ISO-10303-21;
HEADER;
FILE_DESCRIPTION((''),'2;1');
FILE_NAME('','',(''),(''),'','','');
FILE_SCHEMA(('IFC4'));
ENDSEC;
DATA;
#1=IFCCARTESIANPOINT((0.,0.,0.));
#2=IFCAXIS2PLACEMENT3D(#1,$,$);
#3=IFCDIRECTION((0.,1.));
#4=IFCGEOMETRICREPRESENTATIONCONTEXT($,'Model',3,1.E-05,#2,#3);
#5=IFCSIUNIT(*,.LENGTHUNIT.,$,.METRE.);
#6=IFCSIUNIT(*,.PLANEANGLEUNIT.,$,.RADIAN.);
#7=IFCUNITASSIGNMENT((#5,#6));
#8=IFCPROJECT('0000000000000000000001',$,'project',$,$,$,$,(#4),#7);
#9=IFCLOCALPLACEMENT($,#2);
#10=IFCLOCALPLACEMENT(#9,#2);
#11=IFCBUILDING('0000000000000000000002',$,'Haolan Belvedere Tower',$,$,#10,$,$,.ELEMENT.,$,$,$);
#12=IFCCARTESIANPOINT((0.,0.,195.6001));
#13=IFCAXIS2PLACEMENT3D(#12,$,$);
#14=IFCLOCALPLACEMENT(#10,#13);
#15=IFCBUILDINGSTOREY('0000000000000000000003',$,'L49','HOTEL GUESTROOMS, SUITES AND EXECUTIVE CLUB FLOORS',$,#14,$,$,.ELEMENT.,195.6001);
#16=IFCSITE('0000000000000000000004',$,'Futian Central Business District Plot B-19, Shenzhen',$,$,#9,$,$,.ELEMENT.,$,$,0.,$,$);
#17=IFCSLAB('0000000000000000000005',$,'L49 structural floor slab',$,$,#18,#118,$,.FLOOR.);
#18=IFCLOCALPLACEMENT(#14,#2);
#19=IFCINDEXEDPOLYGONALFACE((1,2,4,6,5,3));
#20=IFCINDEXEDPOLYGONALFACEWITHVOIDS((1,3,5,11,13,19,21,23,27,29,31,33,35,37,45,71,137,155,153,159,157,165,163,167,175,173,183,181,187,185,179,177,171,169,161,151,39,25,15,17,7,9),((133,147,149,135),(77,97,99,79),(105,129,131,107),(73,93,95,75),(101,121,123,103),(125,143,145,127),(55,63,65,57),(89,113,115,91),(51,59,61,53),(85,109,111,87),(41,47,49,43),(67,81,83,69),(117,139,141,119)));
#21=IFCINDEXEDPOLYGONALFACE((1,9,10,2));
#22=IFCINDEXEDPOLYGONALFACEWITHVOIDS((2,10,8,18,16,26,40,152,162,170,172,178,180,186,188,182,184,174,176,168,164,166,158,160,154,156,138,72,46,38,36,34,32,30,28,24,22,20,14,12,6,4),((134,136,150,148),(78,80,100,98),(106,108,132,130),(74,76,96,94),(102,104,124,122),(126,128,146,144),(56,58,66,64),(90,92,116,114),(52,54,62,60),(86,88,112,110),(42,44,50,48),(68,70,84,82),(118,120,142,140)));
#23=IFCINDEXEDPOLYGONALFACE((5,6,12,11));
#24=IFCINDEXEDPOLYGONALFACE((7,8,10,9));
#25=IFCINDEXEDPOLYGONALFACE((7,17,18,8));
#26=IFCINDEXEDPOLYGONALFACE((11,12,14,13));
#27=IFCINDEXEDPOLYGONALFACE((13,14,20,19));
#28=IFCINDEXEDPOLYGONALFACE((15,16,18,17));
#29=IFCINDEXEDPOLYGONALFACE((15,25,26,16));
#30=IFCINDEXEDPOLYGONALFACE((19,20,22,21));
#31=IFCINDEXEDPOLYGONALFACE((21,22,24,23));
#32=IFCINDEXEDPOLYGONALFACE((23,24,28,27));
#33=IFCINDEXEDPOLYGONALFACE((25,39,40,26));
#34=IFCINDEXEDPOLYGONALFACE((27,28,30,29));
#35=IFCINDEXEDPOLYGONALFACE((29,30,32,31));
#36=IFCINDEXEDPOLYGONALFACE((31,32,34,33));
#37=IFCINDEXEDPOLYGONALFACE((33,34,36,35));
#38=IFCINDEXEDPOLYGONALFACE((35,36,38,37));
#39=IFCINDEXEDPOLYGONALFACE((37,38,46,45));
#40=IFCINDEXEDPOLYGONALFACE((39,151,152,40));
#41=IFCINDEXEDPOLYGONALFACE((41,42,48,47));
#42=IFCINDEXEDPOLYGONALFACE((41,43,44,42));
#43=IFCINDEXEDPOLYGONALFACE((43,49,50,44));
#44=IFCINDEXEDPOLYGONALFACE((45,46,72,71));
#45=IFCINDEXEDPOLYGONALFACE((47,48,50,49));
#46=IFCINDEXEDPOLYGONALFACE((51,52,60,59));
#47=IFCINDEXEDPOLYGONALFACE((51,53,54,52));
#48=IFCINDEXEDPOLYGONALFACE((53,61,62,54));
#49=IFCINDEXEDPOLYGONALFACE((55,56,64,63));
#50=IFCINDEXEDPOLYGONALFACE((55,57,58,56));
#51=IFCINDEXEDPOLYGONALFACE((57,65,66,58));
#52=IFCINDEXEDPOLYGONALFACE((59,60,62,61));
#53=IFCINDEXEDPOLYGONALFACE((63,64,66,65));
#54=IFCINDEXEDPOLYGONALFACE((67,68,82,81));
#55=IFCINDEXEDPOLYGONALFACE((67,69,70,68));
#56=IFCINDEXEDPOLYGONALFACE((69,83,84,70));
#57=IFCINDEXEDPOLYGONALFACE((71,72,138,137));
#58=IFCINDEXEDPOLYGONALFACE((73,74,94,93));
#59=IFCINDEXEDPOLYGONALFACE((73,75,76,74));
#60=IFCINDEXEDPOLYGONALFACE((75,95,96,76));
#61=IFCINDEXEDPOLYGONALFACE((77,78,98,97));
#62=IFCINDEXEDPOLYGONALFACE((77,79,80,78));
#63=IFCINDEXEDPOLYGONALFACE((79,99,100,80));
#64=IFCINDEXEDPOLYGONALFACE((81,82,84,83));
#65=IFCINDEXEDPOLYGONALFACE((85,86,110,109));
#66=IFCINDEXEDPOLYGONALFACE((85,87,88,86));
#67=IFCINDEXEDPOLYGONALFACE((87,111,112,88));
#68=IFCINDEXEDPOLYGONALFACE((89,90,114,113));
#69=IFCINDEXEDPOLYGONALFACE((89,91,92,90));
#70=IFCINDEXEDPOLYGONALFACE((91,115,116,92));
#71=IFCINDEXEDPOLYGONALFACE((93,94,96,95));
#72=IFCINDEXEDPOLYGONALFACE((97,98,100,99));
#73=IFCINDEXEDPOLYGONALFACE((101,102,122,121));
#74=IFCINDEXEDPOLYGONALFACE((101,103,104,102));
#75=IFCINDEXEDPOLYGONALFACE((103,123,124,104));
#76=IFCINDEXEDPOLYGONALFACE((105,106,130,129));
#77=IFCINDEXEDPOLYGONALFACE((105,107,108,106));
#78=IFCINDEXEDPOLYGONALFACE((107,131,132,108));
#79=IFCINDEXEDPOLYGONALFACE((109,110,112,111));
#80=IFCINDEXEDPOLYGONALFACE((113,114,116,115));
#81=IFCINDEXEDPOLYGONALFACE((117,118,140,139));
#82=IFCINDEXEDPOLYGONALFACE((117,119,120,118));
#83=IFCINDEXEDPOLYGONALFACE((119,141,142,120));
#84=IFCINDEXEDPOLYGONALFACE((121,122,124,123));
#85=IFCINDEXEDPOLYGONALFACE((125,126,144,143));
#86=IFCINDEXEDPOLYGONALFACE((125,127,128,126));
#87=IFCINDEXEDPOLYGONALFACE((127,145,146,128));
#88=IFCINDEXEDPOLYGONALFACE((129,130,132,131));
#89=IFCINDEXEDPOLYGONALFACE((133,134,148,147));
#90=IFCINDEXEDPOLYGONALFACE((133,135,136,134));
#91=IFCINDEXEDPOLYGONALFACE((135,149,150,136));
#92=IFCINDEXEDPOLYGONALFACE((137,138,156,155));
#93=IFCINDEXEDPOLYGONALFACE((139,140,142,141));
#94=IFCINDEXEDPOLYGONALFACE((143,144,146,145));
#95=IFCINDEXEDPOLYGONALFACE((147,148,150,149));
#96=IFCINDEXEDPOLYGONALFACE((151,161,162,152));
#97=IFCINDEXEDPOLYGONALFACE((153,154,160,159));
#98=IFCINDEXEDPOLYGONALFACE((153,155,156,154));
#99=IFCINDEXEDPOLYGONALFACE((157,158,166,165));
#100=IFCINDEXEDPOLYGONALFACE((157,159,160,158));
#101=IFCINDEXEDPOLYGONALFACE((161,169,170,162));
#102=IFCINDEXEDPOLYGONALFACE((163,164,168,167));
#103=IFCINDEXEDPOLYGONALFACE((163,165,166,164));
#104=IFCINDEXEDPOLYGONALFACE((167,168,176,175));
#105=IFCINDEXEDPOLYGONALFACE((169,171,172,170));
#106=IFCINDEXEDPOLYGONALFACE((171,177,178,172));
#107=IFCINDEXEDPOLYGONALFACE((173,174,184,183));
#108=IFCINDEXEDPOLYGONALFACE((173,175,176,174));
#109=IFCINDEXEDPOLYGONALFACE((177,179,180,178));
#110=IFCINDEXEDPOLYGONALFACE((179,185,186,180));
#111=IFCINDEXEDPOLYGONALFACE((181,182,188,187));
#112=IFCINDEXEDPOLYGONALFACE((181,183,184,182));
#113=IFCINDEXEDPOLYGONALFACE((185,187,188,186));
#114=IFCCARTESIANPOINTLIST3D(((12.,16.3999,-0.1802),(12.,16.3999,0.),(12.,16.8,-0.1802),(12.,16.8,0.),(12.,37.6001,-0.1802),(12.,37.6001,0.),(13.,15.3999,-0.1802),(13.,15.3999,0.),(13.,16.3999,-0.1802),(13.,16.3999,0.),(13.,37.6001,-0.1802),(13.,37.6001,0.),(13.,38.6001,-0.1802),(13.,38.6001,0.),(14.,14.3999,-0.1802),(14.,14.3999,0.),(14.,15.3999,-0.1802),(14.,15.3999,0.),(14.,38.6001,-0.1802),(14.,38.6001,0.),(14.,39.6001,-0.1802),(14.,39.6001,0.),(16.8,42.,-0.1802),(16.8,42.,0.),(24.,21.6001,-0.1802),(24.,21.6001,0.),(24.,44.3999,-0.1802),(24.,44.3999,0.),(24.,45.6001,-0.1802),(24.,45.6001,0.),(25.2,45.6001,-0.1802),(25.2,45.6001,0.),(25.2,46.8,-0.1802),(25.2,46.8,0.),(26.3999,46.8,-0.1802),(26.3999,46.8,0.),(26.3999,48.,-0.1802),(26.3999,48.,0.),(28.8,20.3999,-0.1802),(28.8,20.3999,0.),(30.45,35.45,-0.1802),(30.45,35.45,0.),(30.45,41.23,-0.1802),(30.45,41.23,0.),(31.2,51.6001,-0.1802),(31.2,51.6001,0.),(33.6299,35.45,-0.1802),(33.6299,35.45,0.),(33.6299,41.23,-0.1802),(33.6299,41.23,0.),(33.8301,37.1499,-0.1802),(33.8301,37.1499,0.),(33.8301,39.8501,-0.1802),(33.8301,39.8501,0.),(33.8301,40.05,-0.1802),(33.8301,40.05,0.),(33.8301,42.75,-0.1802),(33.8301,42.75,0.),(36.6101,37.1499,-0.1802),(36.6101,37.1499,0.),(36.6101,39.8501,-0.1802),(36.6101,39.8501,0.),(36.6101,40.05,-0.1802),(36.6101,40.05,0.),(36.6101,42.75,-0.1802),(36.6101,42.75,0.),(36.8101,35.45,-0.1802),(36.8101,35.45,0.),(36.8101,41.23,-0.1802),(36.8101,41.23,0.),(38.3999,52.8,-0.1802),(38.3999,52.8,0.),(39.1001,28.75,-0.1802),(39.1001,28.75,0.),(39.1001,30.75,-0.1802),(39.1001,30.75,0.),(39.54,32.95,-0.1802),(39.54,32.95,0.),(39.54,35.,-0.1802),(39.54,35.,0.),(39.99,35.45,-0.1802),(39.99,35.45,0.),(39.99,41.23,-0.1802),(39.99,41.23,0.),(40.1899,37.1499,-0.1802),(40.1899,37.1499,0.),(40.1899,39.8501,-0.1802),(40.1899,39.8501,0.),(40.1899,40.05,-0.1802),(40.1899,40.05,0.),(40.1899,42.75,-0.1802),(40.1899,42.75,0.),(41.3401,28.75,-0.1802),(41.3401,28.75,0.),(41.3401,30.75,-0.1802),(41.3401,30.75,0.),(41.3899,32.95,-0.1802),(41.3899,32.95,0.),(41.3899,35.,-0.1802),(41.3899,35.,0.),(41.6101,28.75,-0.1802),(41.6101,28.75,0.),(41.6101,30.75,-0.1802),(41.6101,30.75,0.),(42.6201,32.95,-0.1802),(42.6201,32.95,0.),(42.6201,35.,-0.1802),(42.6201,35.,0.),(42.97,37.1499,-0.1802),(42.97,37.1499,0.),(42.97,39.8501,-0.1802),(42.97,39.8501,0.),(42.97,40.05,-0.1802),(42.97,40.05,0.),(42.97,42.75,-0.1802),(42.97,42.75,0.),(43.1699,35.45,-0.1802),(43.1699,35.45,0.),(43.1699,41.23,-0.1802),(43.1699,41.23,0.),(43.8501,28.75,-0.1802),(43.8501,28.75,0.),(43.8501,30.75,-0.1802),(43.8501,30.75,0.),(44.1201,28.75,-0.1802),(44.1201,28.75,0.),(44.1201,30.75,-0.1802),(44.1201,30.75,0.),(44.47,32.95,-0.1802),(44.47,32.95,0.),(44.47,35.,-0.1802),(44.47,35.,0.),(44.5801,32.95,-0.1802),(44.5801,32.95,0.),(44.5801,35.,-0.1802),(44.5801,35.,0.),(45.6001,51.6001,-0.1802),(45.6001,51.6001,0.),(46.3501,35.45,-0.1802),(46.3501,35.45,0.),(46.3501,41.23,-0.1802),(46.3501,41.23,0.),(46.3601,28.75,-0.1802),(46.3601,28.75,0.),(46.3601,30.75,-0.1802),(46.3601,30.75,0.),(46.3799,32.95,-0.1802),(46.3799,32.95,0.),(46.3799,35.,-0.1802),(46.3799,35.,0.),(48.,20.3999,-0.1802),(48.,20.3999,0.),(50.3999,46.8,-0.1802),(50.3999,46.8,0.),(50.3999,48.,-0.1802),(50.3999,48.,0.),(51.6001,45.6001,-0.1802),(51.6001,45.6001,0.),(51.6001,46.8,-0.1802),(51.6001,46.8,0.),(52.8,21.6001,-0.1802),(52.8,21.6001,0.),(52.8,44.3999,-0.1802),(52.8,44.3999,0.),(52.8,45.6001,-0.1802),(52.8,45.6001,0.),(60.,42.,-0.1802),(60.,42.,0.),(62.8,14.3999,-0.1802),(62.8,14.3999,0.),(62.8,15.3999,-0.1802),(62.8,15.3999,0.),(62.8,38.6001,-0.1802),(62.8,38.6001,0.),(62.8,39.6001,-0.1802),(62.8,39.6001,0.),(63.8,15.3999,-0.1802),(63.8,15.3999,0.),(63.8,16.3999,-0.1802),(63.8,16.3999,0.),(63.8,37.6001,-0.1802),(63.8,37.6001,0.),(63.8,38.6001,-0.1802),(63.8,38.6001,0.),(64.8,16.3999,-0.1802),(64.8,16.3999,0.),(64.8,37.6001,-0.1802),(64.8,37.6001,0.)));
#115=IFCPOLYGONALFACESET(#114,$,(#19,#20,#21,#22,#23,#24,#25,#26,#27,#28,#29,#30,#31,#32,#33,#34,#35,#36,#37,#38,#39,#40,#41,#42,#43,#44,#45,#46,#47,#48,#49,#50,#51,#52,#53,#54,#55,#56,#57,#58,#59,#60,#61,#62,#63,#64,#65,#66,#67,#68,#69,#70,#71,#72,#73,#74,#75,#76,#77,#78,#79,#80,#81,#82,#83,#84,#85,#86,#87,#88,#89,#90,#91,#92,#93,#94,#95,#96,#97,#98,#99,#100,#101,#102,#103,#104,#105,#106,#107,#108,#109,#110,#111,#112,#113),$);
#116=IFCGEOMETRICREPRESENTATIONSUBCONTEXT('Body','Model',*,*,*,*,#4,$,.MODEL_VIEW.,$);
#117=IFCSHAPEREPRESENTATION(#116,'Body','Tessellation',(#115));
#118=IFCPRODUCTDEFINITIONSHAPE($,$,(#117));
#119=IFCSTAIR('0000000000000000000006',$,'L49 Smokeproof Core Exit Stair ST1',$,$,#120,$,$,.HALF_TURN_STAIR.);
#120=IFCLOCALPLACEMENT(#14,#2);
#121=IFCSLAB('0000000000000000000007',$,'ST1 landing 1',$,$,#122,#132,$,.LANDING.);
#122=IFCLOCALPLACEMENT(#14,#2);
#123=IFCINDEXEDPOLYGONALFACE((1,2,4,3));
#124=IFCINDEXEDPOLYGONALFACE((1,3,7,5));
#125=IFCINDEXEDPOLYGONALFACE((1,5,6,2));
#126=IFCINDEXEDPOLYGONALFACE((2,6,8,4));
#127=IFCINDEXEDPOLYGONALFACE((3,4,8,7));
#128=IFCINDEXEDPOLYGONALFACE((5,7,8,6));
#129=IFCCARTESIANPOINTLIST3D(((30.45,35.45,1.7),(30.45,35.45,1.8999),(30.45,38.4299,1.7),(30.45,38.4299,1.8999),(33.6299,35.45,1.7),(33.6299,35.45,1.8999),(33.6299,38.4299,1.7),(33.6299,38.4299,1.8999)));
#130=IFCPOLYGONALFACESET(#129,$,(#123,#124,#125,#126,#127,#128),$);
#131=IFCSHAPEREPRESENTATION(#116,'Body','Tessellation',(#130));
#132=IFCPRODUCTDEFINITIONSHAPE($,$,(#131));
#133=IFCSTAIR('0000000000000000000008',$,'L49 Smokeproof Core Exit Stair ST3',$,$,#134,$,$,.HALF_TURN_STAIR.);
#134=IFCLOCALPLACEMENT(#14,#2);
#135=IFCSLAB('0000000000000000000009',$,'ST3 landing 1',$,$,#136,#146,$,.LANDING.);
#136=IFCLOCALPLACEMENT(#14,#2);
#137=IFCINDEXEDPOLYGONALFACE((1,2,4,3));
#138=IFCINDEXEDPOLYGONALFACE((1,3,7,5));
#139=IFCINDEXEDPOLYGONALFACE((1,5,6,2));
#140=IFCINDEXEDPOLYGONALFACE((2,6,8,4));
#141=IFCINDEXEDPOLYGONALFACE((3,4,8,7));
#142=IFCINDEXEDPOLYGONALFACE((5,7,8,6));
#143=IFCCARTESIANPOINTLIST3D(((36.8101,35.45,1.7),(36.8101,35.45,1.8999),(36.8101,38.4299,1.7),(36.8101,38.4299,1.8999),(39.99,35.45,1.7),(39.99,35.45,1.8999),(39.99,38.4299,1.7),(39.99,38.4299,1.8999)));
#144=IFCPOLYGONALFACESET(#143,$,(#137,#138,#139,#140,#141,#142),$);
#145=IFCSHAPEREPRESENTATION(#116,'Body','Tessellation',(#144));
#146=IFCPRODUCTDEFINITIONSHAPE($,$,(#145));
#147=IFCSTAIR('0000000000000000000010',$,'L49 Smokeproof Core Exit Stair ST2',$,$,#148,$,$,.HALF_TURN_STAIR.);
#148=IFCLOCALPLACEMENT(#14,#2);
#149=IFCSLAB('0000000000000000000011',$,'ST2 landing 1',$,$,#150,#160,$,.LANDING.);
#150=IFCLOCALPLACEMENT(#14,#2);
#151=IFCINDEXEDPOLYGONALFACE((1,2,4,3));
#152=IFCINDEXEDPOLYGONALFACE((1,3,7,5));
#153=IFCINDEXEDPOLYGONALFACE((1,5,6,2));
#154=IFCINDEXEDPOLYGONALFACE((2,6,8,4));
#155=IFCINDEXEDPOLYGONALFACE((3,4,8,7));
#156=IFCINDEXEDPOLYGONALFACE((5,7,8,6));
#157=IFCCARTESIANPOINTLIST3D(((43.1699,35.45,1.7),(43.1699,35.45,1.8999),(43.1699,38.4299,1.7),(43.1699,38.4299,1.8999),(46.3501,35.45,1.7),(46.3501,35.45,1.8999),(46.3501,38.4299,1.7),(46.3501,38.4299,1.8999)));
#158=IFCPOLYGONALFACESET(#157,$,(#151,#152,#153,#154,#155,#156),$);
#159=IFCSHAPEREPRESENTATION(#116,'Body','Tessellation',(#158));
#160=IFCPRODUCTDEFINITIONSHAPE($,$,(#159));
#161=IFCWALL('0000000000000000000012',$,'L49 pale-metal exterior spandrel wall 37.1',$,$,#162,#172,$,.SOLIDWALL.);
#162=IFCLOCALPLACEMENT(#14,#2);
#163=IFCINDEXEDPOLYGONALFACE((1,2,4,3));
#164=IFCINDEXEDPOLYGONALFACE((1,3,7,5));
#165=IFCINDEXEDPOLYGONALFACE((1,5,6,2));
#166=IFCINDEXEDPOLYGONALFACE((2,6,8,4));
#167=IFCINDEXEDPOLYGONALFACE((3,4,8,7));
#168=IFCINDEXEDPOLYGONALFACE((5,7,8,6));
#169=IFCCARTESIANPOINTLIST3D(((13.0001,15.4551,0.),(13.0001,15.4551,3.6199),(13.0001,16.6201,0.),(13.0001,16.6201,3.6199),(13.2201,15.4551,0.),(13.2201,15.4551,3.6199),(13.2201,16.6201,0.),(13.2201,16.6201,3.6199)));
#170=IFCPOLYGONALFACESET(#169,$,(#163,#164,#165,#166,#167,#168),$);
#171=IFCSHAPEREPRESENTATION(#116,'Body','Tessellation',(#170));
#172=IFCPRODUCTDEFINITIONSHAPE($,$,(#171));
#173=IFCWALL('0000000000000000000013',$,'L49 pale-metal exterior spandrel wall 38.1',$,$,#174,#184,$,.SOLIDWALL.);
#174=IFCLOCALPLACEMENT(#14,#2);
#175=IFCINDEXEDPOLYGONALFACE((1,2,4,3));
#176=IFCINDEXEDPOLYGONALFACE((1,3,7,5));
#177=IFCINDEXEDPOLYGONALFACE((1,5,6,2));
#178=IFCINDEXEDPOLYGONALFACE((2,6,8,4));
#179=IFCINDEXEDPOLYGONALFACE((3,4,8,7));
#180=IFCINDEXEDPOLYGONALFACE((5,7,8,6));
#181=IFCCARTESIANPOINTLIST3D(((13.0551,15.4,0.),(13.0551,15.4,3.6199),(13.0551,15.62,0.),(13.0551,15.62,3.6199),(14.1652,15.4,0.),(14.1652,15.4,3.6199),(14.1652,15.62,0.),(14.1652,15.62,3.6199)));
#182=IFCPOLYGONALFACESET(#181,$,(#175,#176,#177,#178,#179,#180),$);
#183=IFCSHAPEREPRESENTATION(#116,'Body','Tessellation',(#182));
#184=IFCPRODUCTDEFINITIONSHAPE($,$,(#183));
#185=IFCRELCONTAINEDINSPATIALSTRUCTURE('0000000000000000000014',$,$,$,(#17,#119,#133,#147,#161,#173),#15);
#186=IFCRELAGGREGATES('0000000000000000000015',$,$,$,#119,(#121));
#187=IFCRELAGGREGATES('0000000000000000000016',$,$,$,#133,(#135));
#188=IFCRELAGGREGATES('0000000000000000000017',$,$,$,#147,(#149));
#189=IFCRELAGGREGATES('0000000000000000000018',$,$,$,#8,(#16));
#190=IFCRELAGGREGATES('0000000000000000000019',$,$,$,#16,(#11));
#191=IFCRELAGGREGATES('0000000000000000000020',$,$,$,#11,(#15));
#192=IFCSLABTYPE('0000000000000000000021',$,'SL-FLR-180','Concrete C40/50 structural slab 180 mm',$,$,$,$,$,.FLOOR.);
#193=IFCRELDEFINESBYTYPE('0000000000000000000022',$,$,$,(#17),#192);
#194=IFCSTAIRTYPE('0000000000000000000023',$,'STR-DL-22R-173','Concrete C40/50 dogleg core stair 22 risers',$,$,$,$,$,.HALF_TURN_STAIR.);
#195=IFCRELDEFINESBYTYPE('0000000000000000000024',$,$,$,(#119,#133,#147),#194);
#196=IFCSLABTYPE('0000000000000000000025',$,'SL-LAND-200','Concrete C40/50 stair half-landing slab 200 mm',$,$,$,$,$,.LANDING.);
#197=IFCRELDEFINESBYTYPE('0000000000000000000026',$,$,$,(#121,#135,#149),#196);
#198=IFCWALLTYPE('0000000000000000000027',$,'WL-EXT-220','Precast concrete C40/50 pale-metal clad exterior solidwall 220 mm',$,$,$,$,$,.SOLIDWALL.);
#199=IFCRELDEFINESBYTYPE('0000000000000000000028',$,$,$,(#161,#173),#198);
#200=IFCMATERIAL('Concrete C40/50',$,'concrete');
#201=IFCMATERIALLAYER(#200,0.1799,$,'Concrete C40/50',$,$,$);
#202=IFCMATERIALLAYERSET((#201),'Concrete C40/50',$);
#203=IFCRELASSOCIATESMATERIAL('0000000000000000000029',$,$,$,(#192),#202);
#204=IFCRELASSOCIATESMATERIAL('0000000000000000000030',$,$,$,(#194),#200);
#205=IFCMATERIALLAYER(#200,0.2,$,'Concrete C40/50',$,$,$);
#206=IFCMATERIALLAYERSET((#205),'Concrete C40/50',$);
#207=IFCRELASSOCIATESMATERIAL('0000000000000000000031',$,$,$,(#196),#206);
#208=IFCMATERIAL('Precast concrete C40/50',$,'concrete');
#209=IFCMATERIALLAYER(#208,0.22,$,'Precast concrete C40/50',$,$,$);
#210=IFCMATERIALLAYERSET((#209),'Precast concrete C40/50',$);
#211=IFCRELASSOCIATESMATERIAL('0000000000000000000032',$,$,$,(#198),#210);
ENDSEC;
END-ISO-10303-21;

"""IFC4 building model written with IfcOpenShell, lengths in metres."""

from ifc_helpers import new_model, si_unit, direction, frame, frame_2d, origin, place, context, subcontext, project, spatial, polyline, rectangle, outline, extrude, material, layer, layer_set, type_object, element, aggregate, save


model = new_model("IFC4")

# Units and contexts
model_context = context("Model", 3, precision=1e-05, world=origin(), true_north=direction((0.0, 1.0)))
body_context = subcontext(model_context, "Body", "Model", "MODEL_VIEW")
ifc_project = project(units=[si_unit("LENGTHUNIT", "METRE"), si_unit("PLANEANGLEUNIT", "RADIAN")], contexts=[model_context])

# Site, building, storey
site_placement = place(None, origin())
site = spatial("IfcSite", under=ifc_project, at=site_placement, Name="Futian Central Business District Plot B-19, Shenzhen", CompositionType="ELEMENT", RefElevation=0.0)
building_placement = place(site_placement, origin())
building = spatial("IfcBuilding", under=site, at=building_placement, Name="Haolan Belvedere Tower", CompositionType="ELEMENT")
storey_placement = place(building_placement, frame((0.0, 0.0, 195.6001)))
storey = spatial("IfcBuildingStorey", under=building, at=storey_placement, Name="L49", Description="HOTEL GUESTROOMS, SUITES AND EXECUTIVE CLUB FLOORS", CompositionType="ELEMENT", Elevation=195.6001)

# Slab
ifc_material_1 = material(Name="Concrete C40/50", Category="concrete")
ifc_layer_1 = layer(ifc_material_1, 0.1799, Name="Concrete C40/50")
ifc_layer_set_1 = layer_set([ifc_layer_1], Name="Concrete C40/50")
slab_type_1 = type_object("IfcSlabType", Name="SL-FLR-180", Description="Concrete C40/50 structural slab 180 mm", PredefinedType="FLOOR", material=ifc_layer_set_1)
slab_1_placement = place(storey_placement, frame((0.0, 0.0, -0.1802)))
element("IfcSlab", 1, at=slab_1_placement, inside=storey, type_object=slab_type_1, Name="L49 structural floor slab", PredefinedType="FLOOR", context=body_context, shape_type="SweptSolid", body=[
    extrude(outline(polyline([(24.0, 21.6001), (28.8, 20.3999), (48.0, 20.3999), (52.8, 21.6001), (62.8, 14.3999), (62.8, 15.3999), (63.8, 15.3999), (63.8, 16.3999), (64.8, 16.3999), (64.8, 37.6001), (63.8, 37.6001), (63.8, 38.6001), (62.8, 38.6001), (62.8, 39.6001), (60.0, 42.0), (52.8, 44.3999), (52.8, 45.6001), (51.6001, 45.6001), (51.6001, 46.8), (50.3999, 46.8), (50.3999, 48.0), (45.6001, 51.6001), (38.3999, 52.8), (31.2, 51.6001), (26.3999, 48.0), (26.3999, 46.8), (25.2, 46.8), (25.2, 45.6001), (24.0, 45.6001), (24.0, 44.3999), (16.8, 42.0), (14.0, 39.6001), (14.0, 38.6001), (13.0, 38.6001), (13.0, 37.6001), (12.0, 37.6001), (12.0, 16.8), (12.0, 16.3999), (13.0, 16.3999), (13.0, 15.3999), (14.0, 15.3999), (14.0, 14.3999), (24.0, 21.6001)]), holes=[polyline([(30.45, 41.23), (30.45, 35.45), (33.6299, 35.45), (33.6299, 41.23), (30.45, 41.23)]), polyline([(36.8101, 41.23), (36.8101, 35.45), (39.99, 35.45), (39.99, 41.23), (36.8101, 41.23)]), polyline([(43.1699, 41.23), (43.1699, 35.45), (46.3501, 35.45), (46.3501, 41.23), (43.1699, 41.23)]), polyline([(33.8301, 40.05), (36.6101, 40.05), (36.6101, 42.75), (33.8301, 42.75), (33.8301, 40.05)]), polyline([(33.8301, 37.1499), (36.6101, 37.1499), (36.6101, 39.8501), (33.8301, 39.8501), (33.8301, 37.1499)]), polyline([(40.1899, 40.05), (42.97, 40.05), (42.97, 42.75), (40.1899, 42.75), (40.1899, 40.05)]), polyline([(40.1899, 37.1499), (42.97, 37.1499), (42.97, 39.8501), (40.1899, 39.8501), (40.1899, 37.1499)]), polyline([(39.54, 32.95), (41.3899, 32.95), (41.3899, 35.0), (39.54, 35.0), (39.54, 32.95)]), polyline([(42.6201, 32.95), (44.47, 32.95), (44.47, 35.0), (42.6201, 35.0), (42.6201, 32.95)]), polyline([(44.5801, 32.95), (46.3799, 32.95), (46.3799, 35.0), (44.5801, 35.0), (44.5801, 32.95)]), polyline([(39.1001, 28.75), (41.3401, 28.75), (41.3401, 30.75), (39.1001, 30.75), (39.1001, 28.75)]), polyline([(41.6101, 28.75), (43.8501, 28.75), (43.8501, 30.75), (41.6101, 30.75), (41.6101, 28.75)]), polyline([(44.1201, 28.75), (46.3601, 28.75), (46.3601, 30.75), (44.1201, 30.75), (44.1201, 28.75)])]), origin(), (0.0, 0.0, 1.0), 0.1802),
])

# Stairs, slabs
stair_type = type_object("IfcStairType", Name="STR-DL-22R-173", Description="Concrete C40/50 dogleg core stair 22 risers", PredefinedType="HALF_TURN_STAIR", material=ifc_material_1)
stair_1_placement = place(storey_placement, origin())
stair_1 = element("IfcStair", 2, at=stair_1_placement, inside=storey, type_object=stair_type, Name="L49 Smokeproof Core Exit Stair ST1", PredefinedType="HALF_TURN_STAIR")
ifc_layer_2 = layer(ifc_material_1, 0.2, Name="Concrete C40/50")
ifc_layer_set_2 = layer_set([ifc_layer_2], Name="Concrete C40/50")
slab_type_2 = type_object("IfcSlabType", Name="SL-LAND-200", Description="Concrete C40/50 stair half-landing slab 200 mm", PredefinedType="LANDING", material=ifc_layer_set_2)
slab_2_placement = place(storey_placement, frame((0.0, 0.0, 1.7)))
slab_2 = element("IfcSlab", 3, at=slab_2_placement, type_object=slab_type_2, Name="ST1 landing 1", PredefinedType="LANDING", context=body_context, shape_type="SweptSolid", body=[
    extrude(outline(polyline([(30.45, 38.4299), (30.45, 35.45), (33.6299, 35.45), (33.6299, 38.4299), (30.45, 38.4299)])), origin(), (0.0, 0.0, 1.0), 0.2),
])
aggregate(stair_1, [slab_2])
stair_2_placement = place(storey_placement, origin())
stair_2 = element("IfcStair", 4, at=stair_2_placement, inside=storey, type_object=stair_type, Name="L49 Smokeproof Core Exit Stair ST3", PredefinedType="HALF_TURN_STAIR")
slab_3_placement = place(storey_placement, frame((0.0, 0.0, 1.7)))
slab_3 = element("IfcSlab", 5, at=slab_3_placement, type_object=slab_type_2, Name="ST3 landing 1", PredefinedType="LANDING", context=body_context, shape_type="SweptSolid", body=[
    extrude(outline(polyline([(36.8101, 38.4299), (36.8101, 35.45), (39.99, 35.45), (39.99, 38.4299), (36.8101, 38.4299)])), origin(), (0.0, 0.0, 1.0), 0.2),
])
aggregate(stair_2, [slab_3])
stair_3_placement = place(storey_placement, origin())
stair_3 = element("IfcStair", 6, at=stair_3_placement, inside=storey, type_object=stair_type, Name="L49 Smokeproof Core Exit Stair ST2", PredefinedType="HALF_TURN_STAIR")
slab_4_placement = place(storey_placement, frame((0.0, 0.0, 1.7)))
slab_4 = element("IfcSlab", 7, at=slab_4_placement, type_object=slab_type_2, Name="ST2 landing 1", PredefinedType="LANDING", context=body_context, shape_type="SweptSolid", body=[
    extrude(outline(polyline([(43.1699, 38.4299), (43.1699, 35.45), (46.3501, 35.45), (46.3501, 38.4299), (43.1699, 38.4299)])), origin(), (0.0, 0.0, 1.0), 0.2),
])
aggregate(stair_3, [slab_4])

# Walls
ifc_material_2 = material(Name="Precast concrete C40/50", Category="concrete")
ifc_layer_3 = layer(ifc_material_2, 0.22, Name="Precast concrete C40/50")
ifc_layer_set_3 = layer_set([ifc_layer_3], Name="Precast concrete C40/50")
wall_type_1 = type_object("IfcWallType", Name="WL-EXT-220", Description="Precast concrete C40/50 pale-metal clad exterior solidwall 220 mm", PredefinedType="SOLIDWALL", material=ifc_layer_set_3)
wall_1_placement = place(storey_placement, frame((13.1101, 16.6201, 0.0), z_axis=(0.0, 0.0, 1.0), x_axis=(0.0, -1.0, 0.0)))
element("IfcWall", 8, at=wall_1_placement, inside=storey, type_object=wall_type_1, Name="L49 pale-metal exterior spandrel wall 37.1", PredefinedType="SOLIDWALL", context=body_context, shape_type="SweptSolid", body=[
    extrude(rectangle(XDim=1.165, YDim=0.22, at=frame_2d((0.5825, 0.0))), origin(), (0.0, 0.0, 1.0), 3.6199),
])
wall_2_placement = place(storey_placement, frame((13.0549, 15.51, 0.0), z_axis=(0.0, 0.0, 1.0), x_axis=(1.0, 0.0, 0.0)))
element("IfcWall", 9, at=wall_2_placement, inside=storey, type_object=wall_type_1, Name="L49 pale-metal exterior spandrel wall 38.1", PredefinedType="SOLIDWALL", context=body_context, shape_type="SweptSolid", body=[
    extrude(rectangle(XDim=1.1101, YDim=0.22, at=frame_2d((0.5552, 0.0))), origin(), (0.0, 0.0, 1.0), 3.6199),
])

save(model, "model.ifc")
